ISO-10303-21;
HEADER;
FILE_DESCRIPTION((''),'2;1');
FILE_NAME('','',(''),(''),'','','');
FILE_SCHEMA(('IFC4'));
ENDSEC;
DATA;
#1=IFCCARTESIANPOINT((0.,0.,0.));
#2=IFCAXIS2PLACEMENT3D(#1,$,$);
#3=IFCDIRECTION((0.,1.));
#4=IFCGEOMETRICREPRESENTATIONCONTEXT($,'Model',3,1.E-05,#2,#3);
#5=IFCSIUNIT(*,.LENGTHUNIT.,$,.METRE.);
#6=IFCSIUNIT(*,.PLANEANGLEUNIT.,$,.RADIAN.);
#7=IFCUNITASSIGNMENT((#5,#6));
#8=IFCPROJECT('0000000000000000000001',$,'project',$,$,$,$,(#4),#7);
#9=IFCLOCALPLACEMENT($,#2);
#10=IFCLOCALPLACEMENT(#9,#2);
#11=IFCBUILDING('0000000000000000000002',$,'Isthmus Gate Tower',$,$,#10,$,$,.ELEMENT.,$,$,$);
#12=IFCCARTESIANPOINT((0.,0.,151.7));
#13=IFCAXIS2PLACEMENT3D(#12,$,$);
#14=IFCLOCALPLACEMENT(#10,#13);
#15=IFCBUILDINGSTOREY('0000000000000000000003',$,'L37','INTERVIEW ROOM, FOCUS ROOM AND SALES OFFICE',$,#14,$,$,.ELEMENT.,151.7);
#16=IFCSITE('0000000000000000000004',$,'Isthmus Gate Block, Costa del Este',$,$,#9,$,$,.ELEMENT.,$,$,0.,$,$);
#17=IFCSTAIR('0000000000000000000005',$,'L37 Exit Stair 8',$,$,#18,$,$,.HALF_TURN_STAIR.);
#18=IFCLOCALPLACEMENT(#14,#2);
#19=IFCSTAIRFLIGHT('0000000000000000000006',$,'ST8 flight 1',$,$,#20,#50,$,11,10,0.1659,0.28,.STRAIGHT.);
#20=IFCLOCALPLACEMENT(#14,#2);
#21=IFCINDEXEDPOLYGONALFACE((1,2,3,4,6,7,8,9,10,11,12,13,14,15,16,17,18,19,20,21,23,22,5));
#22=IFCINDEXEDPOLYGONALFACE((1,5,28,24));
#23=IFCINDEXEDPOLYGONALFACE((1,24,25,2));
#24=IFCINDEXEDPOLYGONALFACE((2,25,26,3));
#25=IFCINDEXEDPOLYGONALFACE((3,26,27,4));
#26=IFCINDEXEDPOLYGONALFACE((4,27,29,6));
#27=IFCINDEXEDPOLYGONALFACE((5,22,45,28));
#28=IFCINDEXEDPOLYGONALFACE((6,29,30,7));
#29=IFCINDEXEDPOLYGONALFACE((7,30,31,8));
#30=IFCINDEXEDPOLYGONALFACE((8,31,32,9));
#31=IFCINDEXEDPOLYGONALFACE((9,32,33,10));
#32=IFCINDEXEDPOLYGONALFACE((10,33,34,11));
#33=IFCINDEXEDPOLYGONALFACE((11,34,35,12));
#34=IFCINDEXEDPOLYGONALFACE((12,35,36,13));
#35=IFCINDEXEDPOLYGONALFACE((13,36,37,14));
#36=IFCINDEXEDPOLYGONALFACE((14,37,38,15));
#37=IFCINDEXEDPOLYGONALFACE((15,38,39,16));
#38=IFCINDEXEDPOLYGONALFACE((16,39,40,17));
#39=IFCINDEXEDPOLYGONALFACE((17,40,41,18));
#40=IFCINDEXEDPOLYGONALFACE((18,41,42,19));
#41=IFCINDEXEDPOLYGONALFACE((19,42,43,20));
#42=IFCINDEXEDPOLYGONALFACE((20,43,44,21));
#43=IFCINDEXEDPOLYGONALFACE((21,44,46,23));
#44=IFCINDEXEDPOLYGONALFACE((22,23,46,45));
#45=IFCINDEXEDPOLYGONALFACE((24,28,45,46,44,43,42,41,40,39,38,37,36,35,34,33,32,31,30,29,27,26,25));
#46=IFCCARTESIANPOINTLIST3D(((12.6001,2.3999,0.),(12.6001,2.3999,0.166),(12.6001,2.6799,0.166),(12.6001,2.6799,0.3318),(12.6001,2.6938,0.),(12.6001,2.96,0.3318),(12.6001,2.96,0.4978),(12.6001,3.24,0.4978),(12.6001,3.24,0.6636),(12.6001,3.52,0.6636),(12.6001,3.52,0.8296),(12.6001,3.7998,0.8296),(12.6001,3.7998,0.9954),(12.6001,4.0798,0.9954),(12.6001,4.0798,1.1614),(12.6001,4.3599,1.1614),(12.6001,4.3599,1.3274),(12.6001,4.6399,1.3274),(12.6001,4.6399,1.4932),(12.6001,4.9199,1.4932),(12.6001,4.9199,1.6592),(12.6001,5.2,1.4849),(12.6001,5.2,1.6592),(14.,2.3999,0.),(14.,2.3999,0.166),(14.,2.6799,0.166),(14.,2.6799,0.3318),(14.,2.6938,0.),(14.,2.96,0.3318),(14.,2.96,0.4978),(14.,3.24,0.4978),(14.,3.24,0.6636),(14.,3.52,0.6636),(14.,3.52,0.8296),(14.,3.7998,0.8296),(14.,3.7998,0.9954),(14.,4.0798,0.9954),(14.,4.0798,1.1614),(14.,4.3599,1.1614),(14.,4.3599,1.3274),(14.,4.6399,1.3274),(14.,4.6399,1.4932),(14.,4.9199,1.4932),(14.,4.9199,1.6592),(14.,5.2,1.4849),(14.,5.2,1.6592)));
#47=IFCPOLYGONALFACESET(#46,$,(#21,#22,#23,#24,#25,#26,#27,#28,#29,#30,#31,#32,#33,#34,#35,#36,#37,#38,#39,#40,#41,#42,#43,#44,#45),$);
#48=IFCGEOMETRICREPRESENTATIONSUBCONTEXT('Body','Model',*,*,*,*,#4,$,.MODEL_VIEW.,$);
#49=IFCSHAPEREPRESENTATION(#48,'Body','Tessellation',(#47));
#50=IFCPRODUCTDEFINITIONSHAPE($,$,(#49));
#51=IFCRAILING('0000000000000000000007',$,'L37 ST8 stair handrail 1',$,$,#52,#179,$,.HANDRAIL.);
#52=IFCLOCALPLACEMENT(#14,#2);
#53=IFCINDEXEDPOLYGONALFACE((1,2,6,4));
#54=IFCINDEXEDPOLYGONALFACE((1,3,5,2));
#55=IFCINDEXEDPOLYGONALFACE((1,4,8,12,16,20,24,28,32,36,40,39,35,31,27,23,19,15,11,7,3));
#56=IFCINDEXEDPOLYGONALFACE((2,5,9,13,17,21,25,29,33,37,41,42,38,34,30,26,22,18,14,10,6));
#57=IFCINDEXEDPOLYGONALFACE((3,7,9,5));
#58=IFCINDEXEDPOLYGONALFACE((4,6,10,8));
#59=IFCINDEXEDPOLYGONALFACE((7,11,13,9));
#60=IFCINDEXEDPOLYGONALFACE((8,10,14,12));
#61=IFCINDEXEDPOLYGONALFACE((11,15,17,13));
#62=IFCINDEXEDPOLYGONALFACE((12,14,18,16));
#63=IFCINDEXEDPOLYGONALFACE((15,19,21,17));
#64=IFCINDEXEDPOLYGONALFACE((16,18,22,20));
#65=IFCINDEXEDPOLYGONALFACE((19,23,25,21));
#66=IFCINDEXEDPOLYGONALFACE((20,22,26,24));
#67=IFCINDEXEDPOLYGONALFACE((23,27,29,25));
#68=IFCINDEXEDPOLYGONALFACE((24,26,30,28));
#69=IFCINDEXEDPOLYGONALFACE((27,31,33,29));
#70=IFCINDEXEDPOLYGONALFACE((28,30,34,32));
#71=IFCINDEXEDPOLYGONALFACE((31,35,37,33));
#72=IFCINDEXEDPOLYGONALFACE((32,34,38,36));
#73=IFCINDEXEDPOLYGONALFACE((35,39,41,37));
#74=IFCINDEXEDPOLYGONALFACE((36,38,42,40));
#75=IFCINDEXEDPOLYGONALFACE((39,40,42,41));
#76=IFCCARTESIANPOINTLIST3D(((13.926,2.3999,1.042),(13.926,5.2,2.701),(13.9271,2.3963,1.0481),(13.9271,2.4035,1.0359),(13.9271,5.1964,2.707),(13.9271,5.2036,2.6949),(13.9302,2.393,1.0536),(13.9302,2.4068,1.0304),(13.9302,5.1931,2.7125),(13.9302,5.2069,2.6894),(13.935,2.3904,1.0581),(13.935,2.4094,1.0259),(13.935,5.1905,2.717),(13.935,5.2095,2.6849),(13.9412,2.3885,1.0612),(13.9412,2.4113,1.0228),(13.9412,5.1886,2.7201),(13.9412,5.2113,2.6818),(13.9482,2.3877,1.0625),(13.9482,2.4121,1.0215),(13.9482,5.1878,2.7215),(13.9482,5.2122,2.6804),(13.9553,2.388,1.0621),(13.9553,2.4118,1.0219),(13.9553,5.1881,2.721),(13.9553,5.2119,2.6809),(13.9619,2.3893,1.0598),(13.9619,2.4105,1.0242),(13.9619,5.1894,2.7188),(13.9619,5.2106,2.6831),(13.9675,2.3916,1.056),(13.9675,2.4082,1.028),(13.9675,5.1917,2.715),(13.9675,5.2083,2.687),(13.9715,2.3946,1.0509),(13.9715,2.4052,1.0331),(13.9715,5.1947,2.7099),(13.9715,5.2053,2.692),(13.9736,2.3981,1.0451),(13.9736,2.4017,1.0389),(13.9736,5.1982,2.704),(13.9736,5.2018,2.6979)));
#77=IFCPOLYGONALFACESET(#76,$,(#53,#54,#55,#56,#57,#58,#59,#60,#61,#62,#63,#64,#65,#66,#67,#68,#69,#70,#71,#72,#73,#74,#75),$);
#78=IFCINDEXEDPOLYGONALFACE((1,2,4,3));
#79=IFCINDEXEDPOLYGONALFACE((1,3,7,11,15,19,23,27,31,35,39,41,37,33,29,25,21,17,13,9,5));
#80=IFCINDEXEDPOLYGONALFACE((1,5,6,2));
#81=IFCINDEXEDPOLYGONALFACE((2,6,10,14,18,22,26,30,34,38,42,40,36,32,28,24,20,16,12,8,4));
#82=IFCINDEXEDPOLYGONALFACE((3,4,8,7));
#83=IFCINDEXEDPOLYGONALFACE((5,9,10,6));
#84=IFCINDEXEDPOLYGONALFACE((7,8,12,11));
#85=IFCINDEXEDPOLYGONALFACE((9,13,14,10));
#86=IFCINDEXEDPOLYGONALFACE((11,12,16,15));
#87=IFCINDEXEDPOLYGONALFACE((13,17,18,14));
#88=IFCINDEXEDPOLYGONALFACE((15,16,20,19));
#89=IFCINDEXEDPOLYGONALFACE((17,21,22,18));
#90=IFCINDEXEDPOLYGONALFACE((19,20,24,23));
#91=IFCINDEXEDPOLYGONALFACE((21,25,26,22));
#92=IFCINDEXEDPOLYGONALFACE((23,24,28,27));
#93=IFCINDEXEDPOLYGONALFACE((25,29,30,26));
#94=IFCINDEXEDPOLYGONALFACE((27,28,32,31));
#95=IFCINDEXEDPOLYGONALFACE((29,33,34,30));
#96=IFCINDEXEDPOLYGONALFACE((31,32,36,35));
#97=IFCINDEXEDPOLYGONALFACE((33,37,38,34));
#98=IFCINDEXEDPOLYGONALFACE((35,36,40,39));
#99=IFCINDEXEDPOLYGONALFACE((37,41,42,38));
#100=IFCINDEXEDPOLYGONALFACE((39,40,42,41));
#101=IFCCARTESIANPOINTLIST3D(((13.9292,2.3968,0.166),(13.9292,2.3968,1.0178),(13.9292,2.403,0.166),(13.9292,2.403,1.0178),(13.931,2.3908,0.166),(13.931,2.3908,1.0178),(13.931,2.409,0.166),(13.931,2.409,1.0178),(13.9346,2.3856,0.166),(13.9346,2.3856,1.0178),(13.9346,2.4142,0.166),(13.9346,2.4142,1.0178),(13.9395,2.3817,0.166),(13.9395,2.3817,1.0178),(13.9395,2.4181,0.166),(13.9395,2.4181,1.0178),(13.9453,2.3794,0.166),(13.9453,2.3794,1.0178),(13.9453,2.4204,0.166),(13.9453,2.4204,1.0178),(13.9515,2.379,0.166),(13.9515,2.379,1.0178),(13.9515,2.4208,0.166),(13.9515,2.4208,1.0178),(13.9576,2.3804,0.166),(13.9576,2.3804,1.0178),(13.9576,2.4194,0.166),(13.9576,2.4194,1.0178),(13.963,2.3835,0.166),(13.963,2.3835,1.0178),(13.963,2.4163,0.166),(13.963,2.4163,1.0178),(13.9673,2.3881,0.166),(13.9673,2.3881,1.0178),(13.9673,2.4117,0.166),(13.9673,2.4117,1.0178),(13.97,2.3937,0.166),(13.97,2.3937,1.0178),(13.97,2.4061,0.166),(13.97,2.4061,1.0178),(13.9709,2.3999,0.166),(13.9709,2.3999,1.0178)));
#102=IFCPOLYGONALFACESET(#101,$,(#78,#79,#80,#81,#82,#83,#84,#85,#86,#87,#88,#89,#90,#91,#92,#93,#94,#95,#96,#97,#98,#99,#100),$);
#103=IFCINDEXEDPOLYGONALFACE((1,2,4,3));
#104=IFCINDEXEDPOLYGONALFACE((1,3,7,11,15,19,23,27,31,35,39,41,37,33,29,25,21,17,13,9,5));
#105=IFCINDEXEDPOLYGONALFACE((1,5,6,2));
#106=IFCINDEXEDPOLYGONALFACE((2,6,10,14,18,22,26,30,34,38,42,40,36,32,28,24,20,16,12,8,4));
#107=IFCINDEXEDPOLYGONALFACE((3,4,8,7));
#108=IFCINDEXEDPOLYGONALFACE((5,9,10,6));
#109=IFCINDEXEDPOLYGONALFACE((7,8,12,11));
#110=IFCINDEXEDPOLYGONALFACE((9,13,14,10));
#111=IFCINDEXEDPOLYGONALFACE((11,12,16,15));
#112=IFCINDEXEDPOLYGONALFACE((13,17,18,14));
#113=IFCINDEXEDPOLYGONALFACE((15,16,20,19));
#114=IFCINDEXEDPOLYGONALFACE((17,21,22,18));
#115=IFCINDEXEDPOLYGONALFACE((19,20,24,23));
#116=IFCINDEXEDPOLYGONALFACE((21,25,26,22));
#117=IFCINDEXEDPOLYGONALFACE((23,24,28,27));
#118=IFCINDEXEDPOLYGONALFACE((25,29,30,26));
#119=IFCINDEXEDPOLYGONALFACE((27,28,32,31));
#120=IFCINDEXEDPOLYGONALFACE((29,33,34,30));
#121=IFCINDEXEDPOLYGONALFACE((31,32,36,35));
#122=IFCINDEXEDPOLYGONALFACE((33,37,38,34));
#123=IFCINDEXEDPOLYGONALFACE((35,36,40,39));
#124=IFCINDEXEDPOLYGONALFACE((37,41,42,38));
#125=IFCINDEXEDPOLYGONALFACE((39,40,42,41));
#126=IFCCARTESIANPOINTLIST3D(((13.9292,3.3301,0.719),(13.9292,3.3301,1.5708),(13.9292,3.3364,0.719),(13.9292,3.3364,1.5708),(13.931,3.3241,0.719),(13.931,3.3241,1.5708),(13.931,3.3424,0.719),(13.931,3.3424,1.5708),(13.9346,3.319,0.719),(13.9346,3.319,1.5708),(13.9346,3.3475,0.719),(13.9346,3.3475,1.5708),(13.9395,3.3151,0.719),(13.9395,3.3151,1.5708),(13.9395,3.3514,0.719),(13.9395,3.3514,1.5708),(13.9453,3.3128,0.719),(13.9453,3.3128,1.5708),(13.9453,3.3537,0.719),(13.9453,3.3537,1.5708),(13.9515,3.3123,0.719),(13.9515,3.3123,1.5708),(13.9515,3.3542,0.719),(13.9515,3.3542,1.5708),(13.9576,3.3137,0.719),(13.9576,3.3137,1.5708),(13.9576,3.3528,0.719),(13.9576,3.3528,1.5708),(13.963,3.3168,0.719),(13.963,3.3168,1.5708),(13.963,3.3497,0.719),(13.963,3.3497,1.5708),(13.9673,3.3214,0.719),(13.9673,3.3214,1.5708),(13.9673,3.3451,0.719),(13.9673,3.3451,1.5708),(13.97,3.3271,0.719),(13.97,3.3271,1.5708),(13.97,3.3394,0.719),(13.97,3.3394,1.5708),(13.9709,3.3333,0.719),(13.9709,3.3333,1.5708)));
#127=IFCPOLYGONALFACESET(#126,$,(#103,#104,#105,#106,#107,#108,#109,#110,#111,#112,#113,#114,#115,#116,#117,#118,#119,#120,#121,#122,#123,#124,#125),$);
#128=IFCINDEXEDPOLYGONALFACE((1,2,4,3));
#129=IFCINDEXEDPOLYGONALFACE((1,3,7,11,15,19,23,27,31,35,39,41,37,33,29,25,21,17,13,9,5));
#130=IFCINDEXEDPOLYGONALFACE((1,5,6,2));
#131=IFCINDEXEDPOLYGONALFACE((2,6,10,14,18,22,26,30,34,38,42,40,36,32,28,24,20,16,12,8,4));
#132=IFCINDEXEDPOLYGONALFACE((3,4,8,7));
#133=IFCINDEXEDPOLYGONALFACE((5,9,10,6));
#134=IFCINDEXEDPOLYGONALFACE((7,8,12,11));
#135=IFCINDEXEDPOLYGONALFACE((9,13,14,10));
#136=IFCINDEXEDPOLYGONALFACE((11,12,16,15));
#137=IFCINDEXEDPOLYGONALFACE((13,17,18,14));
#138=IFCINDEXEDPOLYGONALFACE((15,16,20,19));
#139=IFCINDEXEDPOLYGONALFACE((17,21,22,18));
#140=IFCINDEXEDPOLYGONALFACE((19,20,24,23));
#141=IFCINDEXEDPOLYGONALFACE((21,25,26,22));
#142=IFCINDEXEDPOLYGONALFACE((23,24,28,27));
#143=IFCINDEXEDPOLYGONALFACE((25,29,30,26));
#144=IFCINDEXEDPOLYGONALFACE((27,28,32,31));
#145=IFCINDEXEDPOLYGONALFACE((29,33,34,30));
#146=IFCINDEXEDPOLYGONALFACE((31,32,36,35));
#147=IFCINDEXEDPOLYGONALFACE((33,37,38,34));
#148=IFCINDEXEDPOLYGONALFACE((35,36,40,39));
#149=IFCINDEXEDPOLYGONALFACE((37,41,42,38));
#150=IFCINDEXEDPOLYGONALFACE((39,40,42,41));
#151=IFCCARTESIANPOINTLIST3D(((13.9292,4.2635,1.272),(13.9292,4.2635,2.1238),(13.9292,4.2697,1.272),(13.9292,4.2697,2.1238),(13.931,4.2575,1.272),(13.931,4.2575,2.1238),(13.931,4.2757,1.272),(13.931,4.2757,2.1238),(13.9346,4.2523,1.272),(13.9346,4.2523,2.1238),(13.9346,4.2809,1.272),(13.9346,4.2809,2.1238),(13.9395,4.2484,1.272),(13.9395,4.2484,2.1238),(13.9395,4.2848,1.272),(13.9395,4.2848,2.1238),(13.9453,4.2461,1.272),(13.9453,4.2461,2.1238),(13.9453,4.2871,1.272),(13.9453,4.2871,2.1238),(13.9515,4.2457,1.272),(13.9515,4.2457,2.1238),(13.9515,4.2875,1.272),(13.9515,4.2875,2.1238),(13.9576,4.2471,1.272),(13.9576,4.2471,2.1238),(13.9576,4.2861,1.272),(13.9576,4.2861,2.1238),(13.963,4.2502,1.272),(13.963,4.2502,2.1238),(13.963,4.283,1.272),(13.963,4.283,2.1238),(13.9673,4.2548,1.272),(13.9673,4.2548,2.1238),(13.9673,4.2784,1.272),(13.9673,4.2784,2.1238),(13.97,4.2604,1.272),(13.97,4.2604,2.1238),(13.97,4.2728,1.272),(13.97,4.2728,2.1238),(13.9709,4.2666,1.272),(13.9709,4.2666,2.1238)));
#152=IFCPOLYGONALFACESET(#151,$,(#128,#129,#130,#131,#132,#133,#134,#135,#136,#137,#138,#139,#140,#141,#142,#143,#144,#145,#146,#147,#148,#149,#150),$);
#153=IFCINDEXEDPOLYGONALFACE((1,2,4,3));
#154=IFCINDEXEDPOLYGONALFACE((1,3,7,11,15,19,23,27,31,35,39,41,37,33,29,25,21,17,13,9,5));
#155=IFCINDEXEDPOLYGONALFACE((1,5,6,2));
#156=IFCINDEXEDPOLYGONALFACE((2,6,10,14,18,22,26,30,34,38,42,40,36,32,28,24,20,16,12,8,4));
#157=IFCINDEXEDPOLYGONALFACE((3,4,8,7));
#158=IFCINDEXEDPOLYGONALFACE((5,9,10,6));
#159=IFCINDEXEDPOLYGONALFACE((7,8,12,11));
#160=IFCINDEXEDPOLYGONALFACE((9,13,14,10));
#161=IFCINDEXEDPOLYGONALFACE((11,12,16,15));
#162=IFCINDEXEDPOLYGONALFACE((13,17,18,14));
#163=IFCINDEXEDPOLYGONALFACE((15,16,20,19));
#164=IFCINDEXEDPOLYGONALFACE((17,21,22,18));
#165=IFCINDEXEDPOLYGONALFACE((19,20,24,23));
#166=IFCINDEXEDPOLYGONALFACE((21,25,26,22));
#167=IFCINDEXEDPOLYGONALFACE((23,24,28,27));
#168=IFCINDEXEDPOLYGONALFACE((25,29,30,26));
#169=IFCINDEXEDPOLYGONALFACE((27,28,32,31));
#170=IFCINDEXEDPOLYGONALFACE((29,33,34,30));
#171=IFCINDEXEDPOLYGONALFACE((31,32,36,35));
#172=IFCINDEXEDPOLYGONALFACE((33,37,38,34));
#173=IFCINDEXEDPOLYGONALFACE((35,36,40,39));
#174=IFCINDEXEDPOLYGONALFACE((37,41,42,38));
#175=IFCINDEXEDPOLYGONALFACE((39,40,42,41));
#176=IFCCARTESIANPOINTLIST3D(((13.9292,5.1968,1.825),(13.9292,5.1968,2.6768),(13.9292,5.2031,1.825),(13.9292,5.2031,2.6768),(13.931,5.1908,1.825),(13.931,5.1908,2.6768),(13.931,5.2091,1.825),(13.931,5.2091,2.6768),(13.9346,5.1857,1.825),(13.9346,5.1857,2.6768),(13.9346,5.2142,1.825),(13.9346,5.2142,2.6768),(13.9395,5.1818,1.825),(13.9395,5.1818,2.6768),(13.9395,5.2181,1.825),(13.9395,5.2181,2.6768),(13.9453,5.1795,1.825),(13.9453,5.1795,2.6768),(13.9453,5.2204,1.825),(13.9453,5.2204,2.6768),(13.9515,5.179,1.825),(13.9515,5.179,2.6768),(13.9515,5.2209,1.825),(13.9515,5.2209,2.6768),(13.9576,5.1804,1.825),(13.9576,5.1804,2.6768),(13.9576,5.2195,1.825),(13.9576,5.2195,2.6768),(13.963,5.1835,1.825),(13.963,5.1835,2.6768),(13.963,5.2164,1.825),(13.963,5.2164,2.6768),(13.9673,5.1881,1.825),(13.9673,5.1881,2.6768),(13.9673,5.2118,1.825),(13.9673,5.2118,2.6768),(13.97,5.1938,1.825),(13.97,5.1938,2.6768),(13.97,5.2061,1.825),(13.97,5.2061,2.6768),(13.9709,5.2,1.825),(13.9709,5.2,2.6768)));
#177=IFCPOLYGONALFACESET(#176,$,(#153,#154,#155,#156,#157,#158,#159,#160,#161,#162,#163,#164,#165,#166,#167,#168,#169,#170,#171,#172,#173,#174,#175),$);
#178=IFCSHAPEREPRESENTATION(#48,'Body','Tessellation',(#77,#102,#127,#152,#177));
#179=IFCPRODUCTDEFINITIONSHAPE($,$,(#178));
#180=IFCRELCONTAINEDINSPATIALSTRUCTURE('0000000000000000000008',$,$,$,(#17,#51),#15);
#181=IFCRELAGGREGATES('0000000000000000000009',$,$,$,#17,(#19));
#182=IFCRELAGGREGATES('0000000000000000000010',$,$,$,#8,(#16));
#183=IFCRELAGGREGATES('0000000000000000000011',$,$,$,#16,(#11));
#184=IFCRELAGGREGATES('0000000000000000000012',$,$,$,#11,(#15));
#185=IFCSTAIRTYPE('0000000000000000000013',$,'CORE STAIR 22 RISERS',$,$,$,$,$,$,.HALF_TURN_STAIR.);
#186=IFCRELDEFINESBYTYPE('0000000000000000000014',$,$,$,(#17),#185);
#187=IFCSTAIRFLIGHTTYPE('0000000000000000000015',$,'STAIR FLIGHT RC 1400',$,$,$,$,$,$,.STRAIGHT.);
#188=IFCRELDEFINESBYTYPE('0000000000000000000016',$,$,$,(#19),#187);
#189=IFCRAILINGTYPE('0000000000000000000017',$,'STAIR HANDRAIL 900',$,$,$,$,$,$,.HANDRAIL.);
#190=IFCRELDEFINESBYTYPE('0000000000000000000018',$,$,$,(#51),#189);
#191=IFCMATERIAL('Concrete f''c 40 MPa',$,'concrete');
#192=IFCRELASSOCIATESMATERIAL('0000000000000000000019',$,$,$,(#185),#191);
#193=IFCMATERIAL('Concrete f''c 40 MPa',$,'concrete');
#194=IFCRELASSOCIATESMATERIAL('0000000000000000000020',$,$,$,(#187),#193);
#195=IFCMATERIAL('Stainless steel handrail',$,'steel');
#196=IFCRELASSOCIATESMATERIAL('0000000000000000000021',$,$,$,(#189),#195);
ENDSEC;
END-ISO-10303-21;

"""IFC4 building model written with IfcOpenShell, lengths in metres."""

from ifc_helpers import new_model, si_unit, direction, frame, origin, origin_2d, place, context, subcontext, project, spatial, polyline, circle, outline, extrude, material, type_object, element, aggregate, save


model = new_model("IFC4")

# Units and contexts
model_context = context("Model", 3, precision=1e-05, world=origin(), true_north=direction((0.0, 1.0)))
body_context = subcontext(model_context, "Body", "Model", "MODEL_VIEW")
ifc_project = project(units=[si_unit("LENGTHUNIT", "METRE"), si_unit("PLANEANGLEUNIT", "RADIAN")], contexts=[model_context])

# Site, building, storey
site_placement = place(None, origin())
site = spatial("IfcSite", under=ifc_project, at=site_placement, Name="Isthmus Gate Block, Costa del Este", CompositionType="ELEMENT", RefElevation=0.0)
building_placement = place(site_placement, origin())
building = spatial("IfcBuilding", under=site, at=building_placement, Name="Isthmus Gate Tower", CompositionType="ELEMENT")
storey_placement = place(building_placement, frame((0.0, 0.0, 151.7)))
storey = spatial("IfcBuildingStorey", under=building, at=storey_placement, Name="L37", Description="INTERVIEW ROOM, FOCUS ROOM AND SALES OFFICE", CompositionType="ELEMENT", Elevation=151.7)

# Stair, stair flight
ifc_material_1 = material(Name="Concrete f'c 40 MPa", Category="concrete")
stair_type = type_object("IfcStairType", Name="CORE STAIR 22 RISERS", PredefinedType="HALF_TURN_STAIR", material=ifc_material_1)
stair_placement = place(storey_placement, origin())
stair = element("IfcStair", 1, at=stair_placement, inside=storey, type_object=stair_type, Name="L37 Exit Stair 8", PredefinedType="HALF_TURN_STAIR")
ifc_material_2 = material(Name="Concrete f'c 40 MPa", Category="concrete")
stair_flight_type = type_object("IfcStairFlightType", Name="STAIR FLIGHT RC 1400", PredefinedType="STRAIGHT", material=ifc_material_2)
stair_flight_placement = place(storey_placement, frame((13.3, 2.3999, 0.0), z_axis=(0.0, 0.0, 1.0), x_axis=(0.0, 1.0, 0.0)))
stair_flight = element("IfcStairFlight", 2, at=stair_flight_placement, type_object=stair_flight_type, Name="ST8 flight 1", NumberOfRisers=11, NumberOfTreads=10, PredefinedType="STRAIGHT", RiserHeight=0.1659, TreadLength=0.28, context=body_context, shape_type="SweptSolid", body=[
    extrude(outline(polyline([(0.0, 0.0), (0.0, 0.166), (0.28, 0.166), (0.28, 0.3318), (0.5601, 0.3318), (0.5601, 0.4978), (0.8401, 0.4978), (0.8401, 0.6636), (1.1201, 0.6636), (1.1201, 0.8296), (1.3999, 0.8296), (1.3999, 0.9954), (1.6799, 0.9954), (1.6799, 1.1614), (1.96, 1.1614), (1.96, 1.3274), (2.24, 1.3274), (2.24, 1.4932), (2.52, 1.4932), (2.52, 1.6592), (2.8, 1.6592), (2.8, 1.825), (2.8, 1.4849), (0.2939, 0.0), (0.0, 0.0)])), frame((0.0, 0.7, 0.0), z_axis=(0.0, -1.0, 0.0), x_axis=(1.0, 0.0, 0.0)), (0.0, 0.0, 1.0), 1.3999),
])
aggregate(stair, [stair_flight])

# Railing
ifc_material_3 = material(Name="Stainless steel handrail", Category="steel")
railing_type = type_object("IfcRailingType", Name="STAIR HANDRAIL 900", PredefinedType="HANDRAIL", material=ifc_material_3)
railing_placement = place(storey_placement, frame((13.95, 2.3999, 0.166)))
element("IfcRailing", 3, at=railing_placement, inside=storey, type_object=railing_type, Name="L37 ST8 stair handrail 1", PredefinedType="HANDRAIL", context=body_context, shape_type="SweptSolid", body=[
    extrude(circle(Radius=0.0239, at=origin_2d()), frame((0.0, 0.0, 0.876), z_axis=(0.0, 0.860339, 0.509722), x_axis=(-1.0, 0.0, 0.0)), (0.0, 0.0, 1.0), 3.2546),
    extrude(circle(Radius=0.021, at=origin_2d()), origin(), (0.0, 0.0, 1.0), 0.8518),
    extrude(circle(Radius=0.021, at=origin_2d()), frame((0.0, 0.9333, 0.553)), (0.0, 0.0, 1.0), 0.8518),
    extrude(circle(Radius=0.021, at=origin_2d()), frame((0.0, 1.8667, 1.106)), (0.0, 0.0, 1.0), 0.8518),
    extrude(circle(Radius=0.021, at=origin_2d()), frame((0.0, 2.8, 1.6589)), (0.0, 0.0, 1.0), 0.8518),
])

save(model, "model.ifc")
